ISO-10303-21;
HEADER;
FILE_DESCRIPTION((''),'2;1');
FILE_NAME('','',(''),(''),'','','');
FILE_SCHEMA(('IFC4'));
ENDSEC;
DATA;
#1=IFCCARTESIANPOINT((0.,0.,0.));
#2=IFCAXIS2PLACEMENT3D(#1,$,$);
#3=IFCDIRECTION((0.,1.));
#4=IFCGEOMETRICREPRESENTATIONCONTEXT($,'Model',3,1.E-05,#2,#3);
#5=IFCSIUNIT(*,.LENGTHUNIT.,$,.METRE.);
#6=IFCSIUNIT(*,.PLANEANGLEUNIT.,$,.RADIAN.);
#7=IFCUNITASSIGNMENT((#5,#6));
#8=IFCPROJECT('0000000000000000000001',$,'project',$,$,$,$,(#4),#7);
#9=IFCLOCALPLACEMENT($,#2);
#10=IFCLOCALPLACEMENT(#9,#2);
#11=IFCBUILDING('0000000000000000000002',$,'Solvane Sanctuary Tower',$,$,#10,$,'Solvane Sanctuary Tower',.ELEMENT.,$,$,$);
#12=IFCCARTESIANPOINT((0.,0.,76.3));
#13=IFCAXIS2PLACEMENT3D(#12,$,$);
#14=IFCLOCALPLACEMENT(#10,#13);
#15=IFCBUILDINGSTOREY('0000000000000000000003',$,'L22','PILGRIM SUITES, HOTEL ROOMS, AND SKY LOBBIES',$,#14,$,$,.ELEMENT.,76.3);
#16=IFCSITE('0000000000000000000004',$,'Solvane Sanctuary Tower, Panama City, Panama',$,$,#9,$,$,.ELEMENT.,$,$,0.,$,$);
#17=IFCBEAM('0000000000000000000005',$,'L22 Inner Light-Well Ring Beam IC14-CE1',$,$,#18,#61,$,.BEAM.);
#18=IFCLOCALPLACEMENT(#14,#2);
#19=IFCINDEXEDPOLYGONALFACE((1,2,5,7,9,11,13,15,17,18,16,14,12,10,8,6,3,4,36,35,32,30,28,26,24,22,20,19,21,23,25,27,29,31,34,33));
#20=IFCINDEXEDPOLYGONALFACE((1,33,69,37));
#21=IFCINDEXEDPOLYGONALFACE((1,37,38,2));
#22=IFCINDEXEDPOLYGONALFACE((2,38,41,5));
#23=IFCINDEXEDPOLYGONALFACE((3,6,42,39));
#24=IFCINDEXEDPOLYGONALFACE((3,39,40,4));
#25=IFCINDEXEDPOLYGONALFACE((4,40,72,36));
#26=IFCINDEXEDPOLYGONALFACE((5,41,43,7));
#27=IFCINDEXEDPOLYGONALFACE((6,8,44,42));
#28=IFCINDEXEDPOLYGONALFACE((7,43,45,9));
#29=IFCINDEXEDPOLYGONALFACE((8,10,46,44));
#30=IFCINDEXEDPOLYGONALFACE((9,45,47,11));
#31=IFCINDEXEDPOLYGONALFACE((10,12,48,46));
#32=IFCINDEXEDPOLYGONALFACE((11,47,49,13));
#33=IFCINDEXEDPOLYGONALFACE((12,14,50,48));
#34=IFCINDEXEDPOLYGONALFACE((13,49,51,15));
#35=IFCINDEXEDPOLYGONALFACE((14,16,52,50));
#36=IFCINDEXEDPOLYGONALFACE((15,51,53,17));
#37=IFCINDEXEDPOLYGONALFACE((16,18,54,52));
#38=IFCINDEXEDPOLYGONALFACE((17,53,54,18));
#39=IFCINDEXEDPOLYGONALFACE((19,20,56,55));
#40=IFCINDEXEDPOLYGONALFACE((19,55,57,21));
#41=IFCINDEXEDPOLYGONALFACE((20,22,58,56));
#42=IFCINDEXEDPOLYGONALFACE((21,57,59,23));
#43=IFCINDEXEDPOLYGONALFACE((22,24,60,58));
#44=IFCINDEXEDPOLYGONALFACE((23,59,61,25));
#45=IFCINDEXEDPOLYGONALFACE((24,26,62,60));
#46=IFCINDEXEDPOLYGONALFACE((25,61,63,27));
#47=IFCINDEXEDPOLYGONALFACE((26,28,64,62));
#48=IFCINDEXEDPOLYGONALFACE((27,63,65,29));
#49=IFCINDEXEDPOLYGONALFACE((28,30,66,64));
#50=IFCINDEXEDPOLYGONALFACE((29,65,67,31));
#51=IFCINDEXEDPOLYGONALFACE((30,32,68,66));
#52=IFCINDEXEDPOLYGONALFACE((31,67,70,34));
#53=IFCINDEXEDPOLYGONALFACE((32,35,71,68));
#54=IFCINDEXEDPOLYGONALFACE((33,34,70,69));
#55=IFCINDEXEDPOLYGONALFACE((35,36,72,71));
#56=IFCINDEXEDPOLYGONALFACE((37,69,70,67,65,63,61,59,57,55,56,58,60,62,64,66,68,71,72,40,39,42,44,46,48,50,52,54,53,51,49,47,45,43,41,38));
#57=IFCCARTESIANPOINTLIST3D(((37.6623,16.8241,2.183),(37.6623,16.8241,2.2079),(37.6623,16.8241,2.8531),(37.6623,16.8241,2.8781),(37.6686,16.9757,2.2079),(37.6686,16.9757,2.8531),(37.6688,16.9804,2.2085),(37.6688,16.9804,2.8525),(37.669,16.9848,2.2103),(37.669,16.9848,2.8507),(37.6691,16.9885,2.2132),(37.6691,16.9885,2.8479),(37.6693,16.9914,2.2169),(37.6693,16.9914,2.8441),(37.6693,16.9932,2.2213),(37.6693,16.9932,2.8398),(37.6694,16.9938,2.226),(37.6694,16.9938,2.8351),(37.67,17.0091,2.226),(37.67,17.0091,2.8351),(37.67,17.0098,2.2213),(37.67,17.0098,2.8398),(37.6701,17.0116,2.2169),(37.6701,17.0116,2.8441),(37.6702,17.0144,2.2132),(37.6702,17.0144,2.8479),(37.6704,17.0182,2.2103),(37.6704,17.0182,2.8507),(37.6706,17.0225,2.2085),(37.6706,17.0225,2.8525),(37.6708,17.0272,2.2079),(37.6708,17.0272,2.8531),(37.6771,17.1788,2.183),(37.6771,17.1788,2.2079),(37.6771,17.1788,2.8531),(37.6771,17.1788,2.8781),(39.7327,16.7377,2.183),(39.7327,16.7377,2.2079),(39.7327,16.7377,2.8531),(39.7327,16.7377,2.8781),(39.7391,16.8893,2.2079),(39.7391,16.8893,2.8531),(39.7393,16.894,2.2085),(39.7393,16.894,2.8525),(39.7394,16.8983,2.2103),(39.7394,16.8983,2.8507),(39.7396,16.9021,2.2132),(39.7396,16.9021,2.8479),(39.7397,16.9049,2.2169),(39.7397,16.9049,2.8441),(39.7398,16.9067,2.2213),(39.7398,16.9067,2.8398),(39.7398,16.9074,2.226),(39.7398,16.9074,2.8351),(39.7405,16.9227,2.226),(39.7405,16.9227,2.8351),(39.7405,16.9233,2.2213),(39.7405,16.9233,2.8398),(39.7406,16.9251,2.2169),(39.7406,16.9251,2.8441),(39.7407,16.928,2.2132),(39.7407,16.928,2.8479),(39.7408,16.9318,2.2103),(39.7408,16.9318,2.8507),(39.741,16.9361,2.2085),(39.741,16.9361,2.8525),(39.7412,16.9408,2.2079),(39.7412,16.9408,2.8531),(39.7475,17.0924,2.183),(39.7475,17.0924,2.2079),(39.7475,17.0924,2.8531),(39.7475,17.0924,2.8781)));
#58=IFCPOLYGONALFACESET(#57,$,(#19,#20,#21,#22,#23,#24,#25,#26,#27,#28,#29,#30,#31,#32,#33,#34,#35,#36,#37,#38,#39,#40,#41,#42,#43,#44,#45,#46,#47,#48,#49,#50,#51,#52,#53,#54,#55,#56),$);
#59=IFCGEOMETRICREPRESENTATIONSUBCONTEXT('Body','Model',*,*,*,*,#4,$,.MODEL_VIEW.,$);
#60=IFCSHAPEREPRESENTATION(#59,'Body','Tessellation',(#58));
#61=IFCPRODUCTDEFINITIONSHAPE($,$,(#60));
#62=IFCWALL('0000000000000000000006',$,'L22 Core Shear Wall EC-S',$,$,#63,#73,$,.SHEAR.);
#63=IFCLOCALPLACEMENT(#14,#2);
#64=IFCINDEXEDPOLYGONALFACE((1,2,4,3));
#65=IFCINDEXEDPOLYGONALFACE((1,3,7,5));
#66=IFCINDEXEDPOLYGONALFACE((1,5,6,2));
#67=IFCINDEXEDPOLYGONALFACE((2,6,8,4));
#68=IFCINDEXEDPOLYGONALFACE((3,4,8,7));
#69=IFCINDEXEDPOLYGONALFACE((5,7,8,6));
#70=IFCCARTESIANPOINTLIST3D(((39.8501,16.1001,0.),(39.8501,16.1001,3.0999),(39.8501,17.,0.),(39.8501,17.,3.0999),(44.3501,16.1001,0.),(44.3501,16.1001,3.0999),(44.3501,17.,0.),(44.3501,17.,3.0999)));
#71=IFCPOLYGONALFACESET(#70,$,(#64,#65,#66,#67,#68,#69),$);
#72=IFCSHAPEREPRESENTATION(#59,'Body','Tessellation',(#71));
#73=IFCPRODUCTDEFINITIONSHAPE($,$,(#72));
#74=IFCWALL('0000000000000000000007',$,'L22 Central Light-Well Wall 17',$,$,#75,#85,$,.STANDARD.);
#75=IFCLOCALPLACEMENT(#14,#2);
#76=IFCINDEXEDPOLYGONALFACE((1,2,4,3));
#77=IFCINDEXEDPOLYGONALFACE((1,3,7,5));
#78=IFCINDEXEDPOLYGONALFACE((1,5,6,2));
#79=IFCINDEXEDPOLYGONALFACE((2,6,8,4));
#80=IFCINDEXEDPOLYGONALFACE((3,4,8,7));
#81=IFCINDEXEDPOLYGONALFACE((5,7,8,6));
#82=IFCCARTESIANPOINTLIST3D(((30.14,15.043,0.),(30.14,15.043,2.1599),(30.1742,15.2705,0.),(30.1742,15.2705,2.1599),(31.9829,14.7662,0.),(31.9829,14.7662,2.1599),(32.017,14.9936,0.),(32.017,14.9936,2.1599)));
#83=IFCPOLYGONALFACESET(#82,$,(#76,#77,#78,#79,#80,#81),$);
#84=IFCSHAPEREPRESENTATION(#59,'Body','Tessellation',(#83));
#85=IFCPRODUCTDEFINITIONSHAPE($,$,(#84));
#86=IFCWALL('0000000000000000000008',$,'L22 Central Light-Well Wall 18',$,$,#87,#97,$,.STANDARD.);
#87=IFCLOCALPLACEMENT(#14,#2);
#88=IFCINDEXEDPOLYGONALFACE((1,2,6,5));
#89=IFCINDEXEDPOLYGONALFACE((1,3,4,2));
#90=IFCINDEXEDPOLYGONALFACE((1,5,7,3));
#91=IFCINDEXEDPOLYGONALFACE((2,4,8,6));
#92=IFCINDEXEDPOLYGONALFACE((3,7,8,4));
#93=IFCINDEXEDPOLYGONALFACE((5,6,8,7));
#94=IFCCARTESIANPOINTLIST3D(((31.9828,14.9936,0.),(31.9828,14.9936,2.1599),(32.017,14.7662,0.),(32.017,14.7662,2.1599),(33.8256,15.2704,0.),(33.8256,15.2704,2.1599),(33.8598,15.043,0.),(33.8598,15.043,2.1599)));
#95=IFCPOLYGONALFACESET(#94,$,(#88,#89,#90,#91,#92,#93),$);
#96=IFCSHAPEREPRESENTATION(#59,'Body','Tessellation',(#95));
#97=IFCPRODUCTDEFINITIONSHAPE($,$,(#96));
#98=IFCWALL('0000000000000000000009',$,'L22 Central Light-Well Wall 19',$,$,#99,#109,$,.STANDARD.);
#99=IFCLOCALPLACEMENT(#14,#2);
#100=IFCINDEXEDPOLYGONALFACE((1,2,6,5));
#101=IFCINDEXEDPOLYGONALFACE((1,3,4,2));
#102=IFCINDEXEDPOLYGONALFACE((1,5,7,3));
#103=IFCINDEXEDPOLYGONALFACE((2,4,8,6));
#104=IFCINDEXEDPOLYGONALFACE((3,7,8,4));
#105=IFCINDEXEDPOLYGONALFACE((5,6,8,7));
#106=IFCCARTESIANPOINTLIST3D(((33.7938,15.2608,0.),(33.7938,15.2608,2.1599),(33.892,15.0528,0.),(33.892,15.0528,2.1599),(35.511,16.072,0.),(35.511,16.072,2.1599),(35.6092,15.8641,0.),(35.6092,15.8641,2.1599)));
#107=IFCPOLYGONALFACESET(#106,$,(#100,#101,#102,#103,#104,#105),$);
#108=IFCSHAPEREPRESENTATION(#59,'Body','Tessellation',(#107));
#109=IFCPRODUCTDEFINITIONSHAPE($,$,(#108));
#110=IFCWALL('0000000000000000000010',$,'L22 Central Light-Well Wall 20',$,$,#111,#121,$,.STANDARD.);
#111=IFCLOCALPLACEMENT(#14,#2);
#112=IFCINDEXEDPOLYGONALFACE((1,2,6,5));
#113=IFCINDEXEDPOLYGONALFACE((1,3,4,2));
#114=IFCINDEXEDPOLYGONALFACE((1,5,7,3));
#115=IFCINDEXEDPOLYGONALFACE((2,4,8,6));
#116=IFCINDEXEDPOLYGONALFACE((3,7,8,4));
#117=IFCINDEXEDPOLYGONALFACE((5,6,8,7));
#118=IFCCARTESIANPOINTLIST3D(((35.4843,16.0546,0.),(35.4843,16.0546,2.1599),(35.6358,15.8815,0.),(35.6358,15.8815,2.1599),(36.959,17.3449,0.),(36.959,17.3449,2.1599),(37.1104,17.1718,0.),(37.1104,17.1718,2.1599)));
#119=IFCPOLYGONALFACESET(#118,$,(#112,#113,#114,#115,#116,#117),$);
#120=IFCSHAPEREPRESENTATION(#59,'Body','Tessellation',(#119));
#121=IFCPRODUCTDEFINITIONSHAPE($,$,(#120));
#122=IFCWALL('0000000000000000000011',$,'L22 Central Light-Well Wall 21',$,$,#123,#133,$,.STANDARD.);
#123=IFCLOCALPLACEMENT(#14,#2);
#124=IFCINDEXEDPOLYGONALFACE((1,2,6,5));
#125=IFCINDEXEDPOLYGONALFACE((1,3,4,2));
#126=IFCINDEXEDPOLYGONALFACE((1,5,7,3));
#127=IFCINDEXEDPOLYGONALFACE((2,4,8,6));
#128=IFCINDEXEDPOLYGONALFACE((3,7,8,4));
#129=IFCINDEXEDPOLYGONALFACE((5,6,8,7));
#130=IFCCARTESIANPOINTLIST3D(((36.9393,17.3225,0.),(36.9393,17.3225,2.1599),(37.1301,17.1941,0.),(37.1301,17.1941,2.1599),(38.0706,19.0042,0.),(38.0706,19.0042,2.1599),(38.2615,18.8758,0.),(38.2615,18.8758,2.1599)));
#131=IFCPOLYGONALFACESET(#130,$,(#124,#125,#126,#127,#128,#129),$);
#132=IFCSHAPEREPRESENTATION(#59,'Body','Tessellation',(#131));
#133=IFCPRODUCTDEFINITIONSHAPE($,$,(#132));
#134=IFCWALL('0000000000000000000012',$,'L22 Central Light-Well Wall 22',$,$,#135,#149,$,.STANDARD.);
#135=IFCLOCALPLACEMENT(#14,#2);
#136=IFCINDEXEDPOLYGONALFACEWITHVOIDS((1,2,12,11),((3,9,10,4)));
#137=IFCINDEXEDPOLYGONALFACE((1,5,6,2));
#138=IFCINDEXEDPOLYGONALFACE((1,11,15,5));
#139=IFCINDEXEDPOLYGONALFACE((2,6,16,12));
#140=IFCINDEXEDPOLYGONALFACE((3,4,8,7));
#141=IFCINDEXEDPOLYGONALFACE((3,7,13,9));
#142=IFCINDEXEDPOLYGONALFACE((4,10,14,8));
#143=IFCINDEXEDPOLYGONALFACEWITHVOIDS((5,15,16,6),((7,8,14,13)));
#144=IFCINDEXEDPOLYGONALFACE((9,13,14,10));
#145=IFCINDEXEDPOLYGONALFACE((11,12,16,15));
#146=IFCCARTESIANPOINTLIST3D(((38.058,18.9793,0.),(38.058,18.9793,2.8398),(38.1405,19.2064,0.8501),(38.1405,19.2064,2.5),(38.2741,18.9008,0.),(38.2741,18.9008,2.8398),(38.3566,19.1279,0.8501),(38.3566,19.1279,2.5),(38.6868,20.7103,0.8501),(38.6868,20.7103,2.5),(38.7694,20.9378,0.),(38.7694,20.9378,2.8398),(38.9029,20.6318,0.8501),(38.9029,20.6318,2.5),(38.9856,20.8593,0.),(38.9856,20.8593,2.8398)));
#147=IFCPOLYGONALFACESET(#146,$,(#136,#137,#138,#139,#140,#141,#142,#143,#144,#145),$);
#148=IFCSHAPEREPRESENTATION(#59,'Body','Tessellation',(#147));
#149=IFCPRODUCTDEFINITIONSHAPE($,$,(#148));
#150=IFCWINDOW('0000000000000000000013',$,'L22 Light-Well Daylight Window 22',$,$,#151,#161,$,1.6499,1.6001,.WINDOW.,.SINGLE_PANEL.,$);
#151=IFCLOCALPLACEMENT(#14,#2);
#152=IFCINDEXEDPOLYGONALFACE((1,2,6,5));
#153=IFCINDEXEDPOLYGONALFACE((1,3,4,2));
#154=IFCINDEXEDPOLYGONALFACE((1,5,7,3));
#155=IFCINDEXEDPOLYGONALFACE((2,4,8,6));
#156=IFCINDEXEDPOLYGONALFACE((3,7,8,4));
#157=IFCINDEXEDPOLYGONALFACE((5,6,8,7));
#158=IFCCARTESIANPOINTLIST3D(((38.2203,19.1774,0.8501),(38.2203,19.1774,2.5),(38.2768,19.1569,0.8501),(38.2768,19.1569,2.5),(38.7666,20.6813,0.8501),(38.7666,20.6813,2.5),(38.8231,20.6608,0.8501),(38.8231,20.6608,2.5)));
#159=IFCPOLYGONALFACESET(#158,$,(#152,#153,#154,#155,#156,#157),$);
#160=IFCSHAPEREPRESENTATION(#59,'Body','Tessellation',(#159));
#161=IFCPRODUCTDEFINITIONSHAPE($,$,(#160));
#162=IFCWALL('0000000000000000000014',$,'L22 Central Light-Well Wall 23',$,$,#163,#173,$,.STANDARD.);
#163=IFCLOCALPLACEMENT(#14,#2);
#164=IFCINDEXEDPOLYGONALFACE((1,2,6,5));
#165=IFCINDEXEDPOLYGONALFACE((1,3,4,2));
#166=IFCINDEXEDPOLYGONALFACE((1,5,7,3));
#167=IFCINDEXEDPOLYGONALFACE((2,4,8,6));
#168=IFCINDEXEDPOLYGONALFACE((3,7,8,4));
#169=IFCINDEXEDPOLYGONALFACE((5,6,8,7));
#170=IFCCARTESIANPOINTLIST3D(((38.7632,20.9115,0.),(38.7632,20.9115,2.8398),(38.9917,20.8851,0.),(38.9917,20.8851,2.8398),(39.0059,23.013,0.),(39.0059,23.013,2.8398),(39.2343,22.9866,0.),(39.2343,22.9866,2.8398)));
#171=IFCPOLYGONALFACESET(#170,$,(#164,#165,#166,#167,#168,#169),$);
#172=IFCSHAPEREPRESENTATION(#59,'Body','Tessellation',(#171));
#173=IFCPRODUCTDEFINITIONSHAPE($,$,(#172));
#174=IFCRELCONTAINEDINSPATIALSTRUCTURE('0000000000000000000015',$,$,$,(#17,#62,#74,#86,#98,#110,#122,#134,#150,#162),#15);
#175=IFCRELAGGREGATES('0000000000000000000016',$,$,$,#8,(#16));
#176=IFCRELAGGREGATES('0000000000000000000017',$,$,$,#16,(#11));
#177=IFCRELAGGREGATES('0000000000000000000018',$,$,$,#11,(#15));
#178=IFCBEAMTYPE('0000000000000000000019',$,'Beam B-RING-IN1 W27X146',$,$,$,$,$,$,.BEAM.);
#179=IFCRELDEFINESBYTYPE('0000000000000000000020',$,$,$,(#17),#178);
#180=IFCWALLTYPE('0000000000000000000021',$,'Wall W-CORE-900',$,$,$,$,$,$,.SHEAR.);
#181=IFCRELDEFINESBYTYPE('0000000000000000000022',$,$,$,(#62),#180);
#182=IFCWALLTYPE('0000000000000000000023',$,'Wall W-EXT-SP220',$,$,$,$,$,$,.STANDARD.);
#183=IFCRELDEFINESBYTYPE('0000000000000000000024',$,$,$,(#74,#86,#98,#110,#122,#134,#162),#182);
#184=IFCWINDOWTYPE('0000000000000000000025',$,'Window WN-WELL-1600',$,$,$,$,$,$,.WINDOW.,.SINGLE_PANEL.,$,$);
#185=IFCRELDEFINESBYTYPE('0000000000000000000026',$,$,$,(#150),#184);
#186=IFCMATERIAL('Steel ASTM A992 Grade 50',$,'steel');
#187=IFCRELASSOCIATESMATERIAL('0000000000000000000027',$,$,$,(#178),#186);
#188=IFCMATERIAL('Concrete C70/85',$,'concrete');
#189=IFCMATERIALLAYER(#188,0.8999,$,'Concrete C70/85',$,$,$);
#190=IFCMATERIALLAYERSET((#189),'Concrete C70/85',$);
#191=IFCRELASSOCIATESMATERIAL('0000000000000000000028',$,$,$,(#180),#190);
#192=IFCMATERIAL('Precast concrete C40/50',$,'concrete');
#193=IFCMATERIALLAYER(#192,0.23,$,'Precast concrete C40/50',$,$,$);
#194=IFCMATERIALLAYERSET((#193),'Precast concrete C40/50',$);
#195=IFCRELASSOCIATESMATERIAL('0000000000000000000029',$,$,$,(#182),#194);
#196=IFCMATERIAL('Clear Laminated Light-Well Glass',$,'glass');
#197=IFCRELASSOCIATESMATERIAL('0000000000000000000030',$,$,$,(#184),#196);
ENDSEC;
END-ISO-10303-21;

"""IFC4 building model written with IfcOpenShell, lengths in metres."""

from ifc_helpers import new_model, si_unit, direction, frame, frame_2d, origin, origin_2d, place, context, subcontext, project, spatial, rectangle, i_section, extrude, material, layer, layer_set, material_profile, profile_set, type_object, element, fill, save


model = new_model("IFC4")

# Units and contexts
model_context = context("Model", 3, precision=1e-05, world=origin(), true_north=direction((0.0, 1.0)))
body_context = subcontext(model_context, "Body", "Model", "MODEL_VIEW")
ifc_project = project(units=[si_unit("LENGTHUNIT", "METRE"), si_unit("PLANEANGLEUNIT", "RADIAN")], contexts=[model_context])

# Site, building, storey
site_placement = place(None, origin())
site = spatial("IfcSite", under=ifc_project, at=site_placement, Name="Solvane Sanctuary Tower, Panama City, Panama", CompositionType="ELEMENT", RefElevation=0.0)
building_placement = place(site_placement, origin())
building = spatial("IfcBuilding", under=site, at=building_placement, Name="Solvane Sanctuary Tower", LongName="Solvane Sanctuary Tower", CompositionType="ELEMENT")
storey_placement = place(building_placement, frame((0.0, 0.0, 76.3)))
storey = spatial("IfcBuildingStorey", under=building, at=storey_placement, Name="L22", Description="PILGRIM SUITES, HOTEL ROOMS, AND SKY LOBBIES", CompositionType="ELEMENT", Elevation=76.3)

# Beam
ifc_material_1 = material(Name="Steel ASTM A992 Grade 50", Category="steel")
ifc_material_profile_1 = material_profile(ifc_material_1, i_section(OverallWidth=0.355, OverallDepth=0.6951, WebThickness=0.0154, FlangeThickness=0.0249, FilletRadius=0.0181, at=origin_2d()), Name="W27X146")
ifc_profile_set_1 = profile_set([ifc_material_profile_1], Name="Steel ASTM A992 Grade 50")
beam_type_1 = type_object("IfcBeamType", Name="Beam B-RING-IN1 W27X146", PredefinedType="BEAM", material=ifc_profile_set_1)
beam_1_placement = place(storey_placement, frame((37.6697, 17.0015, 2.5305), z_axis=(0.99913, -0.041704, 0.0), x_axis=(0.041704, 0.99913, 0.0)))
element("IfcBeam", 1, at=beam_1_placement, inside=storey, type_object=beam_type_1, Name="L22 Inner Light-Well Ring Beam IC14-CE1", PredefinedType="BEAM", context=body_context, shape_type="SweptSolid", body=[
    extrude(i_section(OverallWidth=0.355, OverallDepth=0.6951, WebThickness=0.0154, FlangeThickness=0.0249, FilletRadius=0.0181, at=origin_2d()), origin(), (0.0, 0.0, 1.0), 2.0723),
])

# Walls
ifc_material_2 = material(Name="Concrete C70/85", Category="concrete")
ifc_layer_1 = layer(ifc_material_2, 0.8999, Name="Concrete C70/85")
ifc_layer_set_1 = layer_set([ifc_layer_1], Name="Concrete C70/85")
wall_type_1 = type_object("IfcWallType", Name="Wall W-CORE-900", PredefinedType="SHEAR", material=ifc_layer_set_1)
wall_1_placement = place(storey_placement, frame((39.8501, 16.55, 0.0), z_axis=(0.0, 0.0, 1.0), x_axis=(1.0, 0.0, 0.0)))
element("IfcWall", 2, at=wall_1_placement, inside=storey, type_object=wall_type_1, Name="L22 Core Shear Wall EC-S", PredefinedType="SHEAR", context=body_context, shape_type="SweptSolid", body=[
    extrude(rectangle(XDim=4.5, YDim=0.8999, at=frame_2d((2.25, 0.0))), origin(), (0.0, 0.0, 1.0), 3.0999),
])
ifc_material_3 = material(Name="Precast concrete C40/50", Category="concrete")
ifc_layer_2 = layer(ifc_material_3, 0.23, Name="Precast concrete C40/50")
ifc_layer_set_2 = layer_set([ifc_layer_2], Name="Precast concrete C40/50")
wall_type_2 = type_object("IfcWallType", Name="Wall W-EXT-SP220", PredefinedType="STANDARD", material=ifc_layer_set_2)
for number, where, z_axis, x_axis, name in (
    (3, (30.1572, 15.1567, 0.0), (0.0, 0.0, 1.0), (0.988902, -0.148571, 0.0), "L22 Central Light-Well Wall 17"),
    (4, (32.0, 14.8799, 0.0), (0.0, 0.0, 1.0), (0.988902, 0.148571, 0.0), "L22 Central Light-Well Wall 18"),
):
    element("IfcWall", number, at=place(storey_placement, frame(where, z_axis=z_axis, x_axis=x_axis)), inside=storey, type_object=wall_type_2, Name=name, PredefinedType="STANDARD", context=body_context, shape_type="SweptSolid", body=[
        extrude(rectangle(XDim=1.8635, YDim=0.23, at=frame_2d((0.9316, 0.0))), origin(), (0.0, 0.0, 1.0), 2.1599),
    ])
wall_2_placement = place(storey_placement, frame((33.8428, 15.1567, 0.0), z_axis=(0.0, 0.0, 1.0), x_axis=(0.90418, 0.427152, 0.0)))
element("IfcWall", 5, at=wall_2_placement, inside=storey, type_object=wall_type_2, Name="L22 Central Light-Well Wall 19", PredefinedType="STANDARD", context=body_context, shape_type="SweptSolid", body=[
    extrude(rectangle(XDim=1.8992, YDim=0.23, at=frame_2d((0.9497, 0.0))), origin(), (0.0, 0.0, 1.0), 2.1599),
])
wall_3_placement = place(storey_placement, frame((35.5601, 15.968, 0.0), z_axis=(0.0, 0.0, 1.0), x_axis=(0.752577, 0.658505, 0.0)))
element("IfcWall", 6, at=wall_3_placement, inside=storey, type_object=wall_type_2, Name="L22 Central Light-Well Wall 20", PredefinedType="STANDARD", context=body_context, shape_type="SweptSolid", body=[
    extrude(rectangle(XDim=1.9595, YDim=0.23, at=frame_2d((0.9797, 0.0))), origin(), (0.0, 0.0, 1.0), 2.1599),
])
wall_4_placement = place(storey_placement, frame((37.0347, 17.2583, 0.0), z_axis=(0.0, 0.0, 1.0), x_axis=(0.558198, 0.829708, 0.0)))
element("IfcWall", 7, at=wall_4_placement, inside=storey, type_object=wall_type_2, Name="L22 Central Light-Well Wall 21", PredefinedType="STANDARD", context=body_context, shape_type="SweptSolid", body=[
    extrude(rectangle(XDim=2.0269, YDim=0.23, at=frame_2d((1.0134, 0.0))), origin(), (0.0, 0.0, 1.0), 2.1599),
])

# Wall, opening, window
wall_5_placement = place(storey_placement, frame((38.166, 18.9399, 0.0), z_axis=(0.0, 0.0, 1.0), x_axis=(0.341423, 0.93991, 0.0)))
wall_5 = element("IfcWall", 8, at=wall_5_placement, inside=storey, type_object=wall_type_2, Name="L22 Central Light-Well Wall 22", PredefinedType="STANDARD", context=body_context, shape_type="SweptSolid", body=[
    extrude(rectangle(XDim=2.0837, YDim=0.23, at=frame_2d((1.042, 0.0))), origin(), (0.0, 0.0, 1.0), 2.8398),
])
opening_placement = place(wall_5_placement, frame((0.2417, 0.0, 0.8501)))
opening = element("IfcOpeningElement", 9, at=opening_placement, cuts=wall_5, PredefinedType="OPENING", context=body_context, shape_type="SweptSolid", body=[
    extrude(rectangle(XDim=1.6001, YDim=1.6499, at=frame_2d((0.8, 0.825))), frame((0.0, 0.125, 0.0), z_axis=(0.0, -1.0, 0.0), x_axis=(1.0, 0.0, 0.0)), (0.0, 0.0, 1.0), 0.25),
])
ifc_material_4 = material(Name="Clear Laminated Light-Well Glass", Category="glass")
window_type = type_object("IfcWindowType", Name="Window WN-WELL-1600", PartitioningType="SINGLE_PANEL", PredefinedType="WINDOW", material=ifc_material_4)
window_placement = place(opening_placement, origin())
window = element("IfcWindow", 10, at=window_placement, inside=storey, type_object=window_type, Name="L22 Light-Well Daylight Window 22", OverallHeight=1.6499, OverallWidth=1.6001, PartitioningType="SINGLE_PANEL", PredefinedType="WINDOW", context=body_context, shape_type="SweptSolid", body=[
    extrude(rectangle(XDim=1.6001, YDim=1.6499, at=frame_2d((0.8, 0.825))), frame((0.0, 0.03, 0.0), z_axis=(0.0, -1.0, 0.0), x_axis=(1.0, 0.0, 0.0)), (0.0, 0.0, 1.0), 0.0601),
])
fill(opening, window)

# Wall
wall_6_placement = place(storey_placement, frame((38.8774, 20.8984, 0.0), z_axis=(0.0, 0.0, 1.0), x_axis=(0.114712, 0.993399, 0.0)))
element("IfcWall", 11, at=wall_6_placement, inside=storey, type_object=wall_type_2, Name="L22 Central Light-Well Wall 23", PredefinedType="STANDARD", context=body_context, shape_type="SweptSolid", body=[
    extrude(rectangle(XDim=2.1155, YDim=0.23, at=frame_2d((1.0576, 0.0))), origin(), (0.0, 0.0, 1.0), 2.8398),
])

save(model, "model.ifc")
